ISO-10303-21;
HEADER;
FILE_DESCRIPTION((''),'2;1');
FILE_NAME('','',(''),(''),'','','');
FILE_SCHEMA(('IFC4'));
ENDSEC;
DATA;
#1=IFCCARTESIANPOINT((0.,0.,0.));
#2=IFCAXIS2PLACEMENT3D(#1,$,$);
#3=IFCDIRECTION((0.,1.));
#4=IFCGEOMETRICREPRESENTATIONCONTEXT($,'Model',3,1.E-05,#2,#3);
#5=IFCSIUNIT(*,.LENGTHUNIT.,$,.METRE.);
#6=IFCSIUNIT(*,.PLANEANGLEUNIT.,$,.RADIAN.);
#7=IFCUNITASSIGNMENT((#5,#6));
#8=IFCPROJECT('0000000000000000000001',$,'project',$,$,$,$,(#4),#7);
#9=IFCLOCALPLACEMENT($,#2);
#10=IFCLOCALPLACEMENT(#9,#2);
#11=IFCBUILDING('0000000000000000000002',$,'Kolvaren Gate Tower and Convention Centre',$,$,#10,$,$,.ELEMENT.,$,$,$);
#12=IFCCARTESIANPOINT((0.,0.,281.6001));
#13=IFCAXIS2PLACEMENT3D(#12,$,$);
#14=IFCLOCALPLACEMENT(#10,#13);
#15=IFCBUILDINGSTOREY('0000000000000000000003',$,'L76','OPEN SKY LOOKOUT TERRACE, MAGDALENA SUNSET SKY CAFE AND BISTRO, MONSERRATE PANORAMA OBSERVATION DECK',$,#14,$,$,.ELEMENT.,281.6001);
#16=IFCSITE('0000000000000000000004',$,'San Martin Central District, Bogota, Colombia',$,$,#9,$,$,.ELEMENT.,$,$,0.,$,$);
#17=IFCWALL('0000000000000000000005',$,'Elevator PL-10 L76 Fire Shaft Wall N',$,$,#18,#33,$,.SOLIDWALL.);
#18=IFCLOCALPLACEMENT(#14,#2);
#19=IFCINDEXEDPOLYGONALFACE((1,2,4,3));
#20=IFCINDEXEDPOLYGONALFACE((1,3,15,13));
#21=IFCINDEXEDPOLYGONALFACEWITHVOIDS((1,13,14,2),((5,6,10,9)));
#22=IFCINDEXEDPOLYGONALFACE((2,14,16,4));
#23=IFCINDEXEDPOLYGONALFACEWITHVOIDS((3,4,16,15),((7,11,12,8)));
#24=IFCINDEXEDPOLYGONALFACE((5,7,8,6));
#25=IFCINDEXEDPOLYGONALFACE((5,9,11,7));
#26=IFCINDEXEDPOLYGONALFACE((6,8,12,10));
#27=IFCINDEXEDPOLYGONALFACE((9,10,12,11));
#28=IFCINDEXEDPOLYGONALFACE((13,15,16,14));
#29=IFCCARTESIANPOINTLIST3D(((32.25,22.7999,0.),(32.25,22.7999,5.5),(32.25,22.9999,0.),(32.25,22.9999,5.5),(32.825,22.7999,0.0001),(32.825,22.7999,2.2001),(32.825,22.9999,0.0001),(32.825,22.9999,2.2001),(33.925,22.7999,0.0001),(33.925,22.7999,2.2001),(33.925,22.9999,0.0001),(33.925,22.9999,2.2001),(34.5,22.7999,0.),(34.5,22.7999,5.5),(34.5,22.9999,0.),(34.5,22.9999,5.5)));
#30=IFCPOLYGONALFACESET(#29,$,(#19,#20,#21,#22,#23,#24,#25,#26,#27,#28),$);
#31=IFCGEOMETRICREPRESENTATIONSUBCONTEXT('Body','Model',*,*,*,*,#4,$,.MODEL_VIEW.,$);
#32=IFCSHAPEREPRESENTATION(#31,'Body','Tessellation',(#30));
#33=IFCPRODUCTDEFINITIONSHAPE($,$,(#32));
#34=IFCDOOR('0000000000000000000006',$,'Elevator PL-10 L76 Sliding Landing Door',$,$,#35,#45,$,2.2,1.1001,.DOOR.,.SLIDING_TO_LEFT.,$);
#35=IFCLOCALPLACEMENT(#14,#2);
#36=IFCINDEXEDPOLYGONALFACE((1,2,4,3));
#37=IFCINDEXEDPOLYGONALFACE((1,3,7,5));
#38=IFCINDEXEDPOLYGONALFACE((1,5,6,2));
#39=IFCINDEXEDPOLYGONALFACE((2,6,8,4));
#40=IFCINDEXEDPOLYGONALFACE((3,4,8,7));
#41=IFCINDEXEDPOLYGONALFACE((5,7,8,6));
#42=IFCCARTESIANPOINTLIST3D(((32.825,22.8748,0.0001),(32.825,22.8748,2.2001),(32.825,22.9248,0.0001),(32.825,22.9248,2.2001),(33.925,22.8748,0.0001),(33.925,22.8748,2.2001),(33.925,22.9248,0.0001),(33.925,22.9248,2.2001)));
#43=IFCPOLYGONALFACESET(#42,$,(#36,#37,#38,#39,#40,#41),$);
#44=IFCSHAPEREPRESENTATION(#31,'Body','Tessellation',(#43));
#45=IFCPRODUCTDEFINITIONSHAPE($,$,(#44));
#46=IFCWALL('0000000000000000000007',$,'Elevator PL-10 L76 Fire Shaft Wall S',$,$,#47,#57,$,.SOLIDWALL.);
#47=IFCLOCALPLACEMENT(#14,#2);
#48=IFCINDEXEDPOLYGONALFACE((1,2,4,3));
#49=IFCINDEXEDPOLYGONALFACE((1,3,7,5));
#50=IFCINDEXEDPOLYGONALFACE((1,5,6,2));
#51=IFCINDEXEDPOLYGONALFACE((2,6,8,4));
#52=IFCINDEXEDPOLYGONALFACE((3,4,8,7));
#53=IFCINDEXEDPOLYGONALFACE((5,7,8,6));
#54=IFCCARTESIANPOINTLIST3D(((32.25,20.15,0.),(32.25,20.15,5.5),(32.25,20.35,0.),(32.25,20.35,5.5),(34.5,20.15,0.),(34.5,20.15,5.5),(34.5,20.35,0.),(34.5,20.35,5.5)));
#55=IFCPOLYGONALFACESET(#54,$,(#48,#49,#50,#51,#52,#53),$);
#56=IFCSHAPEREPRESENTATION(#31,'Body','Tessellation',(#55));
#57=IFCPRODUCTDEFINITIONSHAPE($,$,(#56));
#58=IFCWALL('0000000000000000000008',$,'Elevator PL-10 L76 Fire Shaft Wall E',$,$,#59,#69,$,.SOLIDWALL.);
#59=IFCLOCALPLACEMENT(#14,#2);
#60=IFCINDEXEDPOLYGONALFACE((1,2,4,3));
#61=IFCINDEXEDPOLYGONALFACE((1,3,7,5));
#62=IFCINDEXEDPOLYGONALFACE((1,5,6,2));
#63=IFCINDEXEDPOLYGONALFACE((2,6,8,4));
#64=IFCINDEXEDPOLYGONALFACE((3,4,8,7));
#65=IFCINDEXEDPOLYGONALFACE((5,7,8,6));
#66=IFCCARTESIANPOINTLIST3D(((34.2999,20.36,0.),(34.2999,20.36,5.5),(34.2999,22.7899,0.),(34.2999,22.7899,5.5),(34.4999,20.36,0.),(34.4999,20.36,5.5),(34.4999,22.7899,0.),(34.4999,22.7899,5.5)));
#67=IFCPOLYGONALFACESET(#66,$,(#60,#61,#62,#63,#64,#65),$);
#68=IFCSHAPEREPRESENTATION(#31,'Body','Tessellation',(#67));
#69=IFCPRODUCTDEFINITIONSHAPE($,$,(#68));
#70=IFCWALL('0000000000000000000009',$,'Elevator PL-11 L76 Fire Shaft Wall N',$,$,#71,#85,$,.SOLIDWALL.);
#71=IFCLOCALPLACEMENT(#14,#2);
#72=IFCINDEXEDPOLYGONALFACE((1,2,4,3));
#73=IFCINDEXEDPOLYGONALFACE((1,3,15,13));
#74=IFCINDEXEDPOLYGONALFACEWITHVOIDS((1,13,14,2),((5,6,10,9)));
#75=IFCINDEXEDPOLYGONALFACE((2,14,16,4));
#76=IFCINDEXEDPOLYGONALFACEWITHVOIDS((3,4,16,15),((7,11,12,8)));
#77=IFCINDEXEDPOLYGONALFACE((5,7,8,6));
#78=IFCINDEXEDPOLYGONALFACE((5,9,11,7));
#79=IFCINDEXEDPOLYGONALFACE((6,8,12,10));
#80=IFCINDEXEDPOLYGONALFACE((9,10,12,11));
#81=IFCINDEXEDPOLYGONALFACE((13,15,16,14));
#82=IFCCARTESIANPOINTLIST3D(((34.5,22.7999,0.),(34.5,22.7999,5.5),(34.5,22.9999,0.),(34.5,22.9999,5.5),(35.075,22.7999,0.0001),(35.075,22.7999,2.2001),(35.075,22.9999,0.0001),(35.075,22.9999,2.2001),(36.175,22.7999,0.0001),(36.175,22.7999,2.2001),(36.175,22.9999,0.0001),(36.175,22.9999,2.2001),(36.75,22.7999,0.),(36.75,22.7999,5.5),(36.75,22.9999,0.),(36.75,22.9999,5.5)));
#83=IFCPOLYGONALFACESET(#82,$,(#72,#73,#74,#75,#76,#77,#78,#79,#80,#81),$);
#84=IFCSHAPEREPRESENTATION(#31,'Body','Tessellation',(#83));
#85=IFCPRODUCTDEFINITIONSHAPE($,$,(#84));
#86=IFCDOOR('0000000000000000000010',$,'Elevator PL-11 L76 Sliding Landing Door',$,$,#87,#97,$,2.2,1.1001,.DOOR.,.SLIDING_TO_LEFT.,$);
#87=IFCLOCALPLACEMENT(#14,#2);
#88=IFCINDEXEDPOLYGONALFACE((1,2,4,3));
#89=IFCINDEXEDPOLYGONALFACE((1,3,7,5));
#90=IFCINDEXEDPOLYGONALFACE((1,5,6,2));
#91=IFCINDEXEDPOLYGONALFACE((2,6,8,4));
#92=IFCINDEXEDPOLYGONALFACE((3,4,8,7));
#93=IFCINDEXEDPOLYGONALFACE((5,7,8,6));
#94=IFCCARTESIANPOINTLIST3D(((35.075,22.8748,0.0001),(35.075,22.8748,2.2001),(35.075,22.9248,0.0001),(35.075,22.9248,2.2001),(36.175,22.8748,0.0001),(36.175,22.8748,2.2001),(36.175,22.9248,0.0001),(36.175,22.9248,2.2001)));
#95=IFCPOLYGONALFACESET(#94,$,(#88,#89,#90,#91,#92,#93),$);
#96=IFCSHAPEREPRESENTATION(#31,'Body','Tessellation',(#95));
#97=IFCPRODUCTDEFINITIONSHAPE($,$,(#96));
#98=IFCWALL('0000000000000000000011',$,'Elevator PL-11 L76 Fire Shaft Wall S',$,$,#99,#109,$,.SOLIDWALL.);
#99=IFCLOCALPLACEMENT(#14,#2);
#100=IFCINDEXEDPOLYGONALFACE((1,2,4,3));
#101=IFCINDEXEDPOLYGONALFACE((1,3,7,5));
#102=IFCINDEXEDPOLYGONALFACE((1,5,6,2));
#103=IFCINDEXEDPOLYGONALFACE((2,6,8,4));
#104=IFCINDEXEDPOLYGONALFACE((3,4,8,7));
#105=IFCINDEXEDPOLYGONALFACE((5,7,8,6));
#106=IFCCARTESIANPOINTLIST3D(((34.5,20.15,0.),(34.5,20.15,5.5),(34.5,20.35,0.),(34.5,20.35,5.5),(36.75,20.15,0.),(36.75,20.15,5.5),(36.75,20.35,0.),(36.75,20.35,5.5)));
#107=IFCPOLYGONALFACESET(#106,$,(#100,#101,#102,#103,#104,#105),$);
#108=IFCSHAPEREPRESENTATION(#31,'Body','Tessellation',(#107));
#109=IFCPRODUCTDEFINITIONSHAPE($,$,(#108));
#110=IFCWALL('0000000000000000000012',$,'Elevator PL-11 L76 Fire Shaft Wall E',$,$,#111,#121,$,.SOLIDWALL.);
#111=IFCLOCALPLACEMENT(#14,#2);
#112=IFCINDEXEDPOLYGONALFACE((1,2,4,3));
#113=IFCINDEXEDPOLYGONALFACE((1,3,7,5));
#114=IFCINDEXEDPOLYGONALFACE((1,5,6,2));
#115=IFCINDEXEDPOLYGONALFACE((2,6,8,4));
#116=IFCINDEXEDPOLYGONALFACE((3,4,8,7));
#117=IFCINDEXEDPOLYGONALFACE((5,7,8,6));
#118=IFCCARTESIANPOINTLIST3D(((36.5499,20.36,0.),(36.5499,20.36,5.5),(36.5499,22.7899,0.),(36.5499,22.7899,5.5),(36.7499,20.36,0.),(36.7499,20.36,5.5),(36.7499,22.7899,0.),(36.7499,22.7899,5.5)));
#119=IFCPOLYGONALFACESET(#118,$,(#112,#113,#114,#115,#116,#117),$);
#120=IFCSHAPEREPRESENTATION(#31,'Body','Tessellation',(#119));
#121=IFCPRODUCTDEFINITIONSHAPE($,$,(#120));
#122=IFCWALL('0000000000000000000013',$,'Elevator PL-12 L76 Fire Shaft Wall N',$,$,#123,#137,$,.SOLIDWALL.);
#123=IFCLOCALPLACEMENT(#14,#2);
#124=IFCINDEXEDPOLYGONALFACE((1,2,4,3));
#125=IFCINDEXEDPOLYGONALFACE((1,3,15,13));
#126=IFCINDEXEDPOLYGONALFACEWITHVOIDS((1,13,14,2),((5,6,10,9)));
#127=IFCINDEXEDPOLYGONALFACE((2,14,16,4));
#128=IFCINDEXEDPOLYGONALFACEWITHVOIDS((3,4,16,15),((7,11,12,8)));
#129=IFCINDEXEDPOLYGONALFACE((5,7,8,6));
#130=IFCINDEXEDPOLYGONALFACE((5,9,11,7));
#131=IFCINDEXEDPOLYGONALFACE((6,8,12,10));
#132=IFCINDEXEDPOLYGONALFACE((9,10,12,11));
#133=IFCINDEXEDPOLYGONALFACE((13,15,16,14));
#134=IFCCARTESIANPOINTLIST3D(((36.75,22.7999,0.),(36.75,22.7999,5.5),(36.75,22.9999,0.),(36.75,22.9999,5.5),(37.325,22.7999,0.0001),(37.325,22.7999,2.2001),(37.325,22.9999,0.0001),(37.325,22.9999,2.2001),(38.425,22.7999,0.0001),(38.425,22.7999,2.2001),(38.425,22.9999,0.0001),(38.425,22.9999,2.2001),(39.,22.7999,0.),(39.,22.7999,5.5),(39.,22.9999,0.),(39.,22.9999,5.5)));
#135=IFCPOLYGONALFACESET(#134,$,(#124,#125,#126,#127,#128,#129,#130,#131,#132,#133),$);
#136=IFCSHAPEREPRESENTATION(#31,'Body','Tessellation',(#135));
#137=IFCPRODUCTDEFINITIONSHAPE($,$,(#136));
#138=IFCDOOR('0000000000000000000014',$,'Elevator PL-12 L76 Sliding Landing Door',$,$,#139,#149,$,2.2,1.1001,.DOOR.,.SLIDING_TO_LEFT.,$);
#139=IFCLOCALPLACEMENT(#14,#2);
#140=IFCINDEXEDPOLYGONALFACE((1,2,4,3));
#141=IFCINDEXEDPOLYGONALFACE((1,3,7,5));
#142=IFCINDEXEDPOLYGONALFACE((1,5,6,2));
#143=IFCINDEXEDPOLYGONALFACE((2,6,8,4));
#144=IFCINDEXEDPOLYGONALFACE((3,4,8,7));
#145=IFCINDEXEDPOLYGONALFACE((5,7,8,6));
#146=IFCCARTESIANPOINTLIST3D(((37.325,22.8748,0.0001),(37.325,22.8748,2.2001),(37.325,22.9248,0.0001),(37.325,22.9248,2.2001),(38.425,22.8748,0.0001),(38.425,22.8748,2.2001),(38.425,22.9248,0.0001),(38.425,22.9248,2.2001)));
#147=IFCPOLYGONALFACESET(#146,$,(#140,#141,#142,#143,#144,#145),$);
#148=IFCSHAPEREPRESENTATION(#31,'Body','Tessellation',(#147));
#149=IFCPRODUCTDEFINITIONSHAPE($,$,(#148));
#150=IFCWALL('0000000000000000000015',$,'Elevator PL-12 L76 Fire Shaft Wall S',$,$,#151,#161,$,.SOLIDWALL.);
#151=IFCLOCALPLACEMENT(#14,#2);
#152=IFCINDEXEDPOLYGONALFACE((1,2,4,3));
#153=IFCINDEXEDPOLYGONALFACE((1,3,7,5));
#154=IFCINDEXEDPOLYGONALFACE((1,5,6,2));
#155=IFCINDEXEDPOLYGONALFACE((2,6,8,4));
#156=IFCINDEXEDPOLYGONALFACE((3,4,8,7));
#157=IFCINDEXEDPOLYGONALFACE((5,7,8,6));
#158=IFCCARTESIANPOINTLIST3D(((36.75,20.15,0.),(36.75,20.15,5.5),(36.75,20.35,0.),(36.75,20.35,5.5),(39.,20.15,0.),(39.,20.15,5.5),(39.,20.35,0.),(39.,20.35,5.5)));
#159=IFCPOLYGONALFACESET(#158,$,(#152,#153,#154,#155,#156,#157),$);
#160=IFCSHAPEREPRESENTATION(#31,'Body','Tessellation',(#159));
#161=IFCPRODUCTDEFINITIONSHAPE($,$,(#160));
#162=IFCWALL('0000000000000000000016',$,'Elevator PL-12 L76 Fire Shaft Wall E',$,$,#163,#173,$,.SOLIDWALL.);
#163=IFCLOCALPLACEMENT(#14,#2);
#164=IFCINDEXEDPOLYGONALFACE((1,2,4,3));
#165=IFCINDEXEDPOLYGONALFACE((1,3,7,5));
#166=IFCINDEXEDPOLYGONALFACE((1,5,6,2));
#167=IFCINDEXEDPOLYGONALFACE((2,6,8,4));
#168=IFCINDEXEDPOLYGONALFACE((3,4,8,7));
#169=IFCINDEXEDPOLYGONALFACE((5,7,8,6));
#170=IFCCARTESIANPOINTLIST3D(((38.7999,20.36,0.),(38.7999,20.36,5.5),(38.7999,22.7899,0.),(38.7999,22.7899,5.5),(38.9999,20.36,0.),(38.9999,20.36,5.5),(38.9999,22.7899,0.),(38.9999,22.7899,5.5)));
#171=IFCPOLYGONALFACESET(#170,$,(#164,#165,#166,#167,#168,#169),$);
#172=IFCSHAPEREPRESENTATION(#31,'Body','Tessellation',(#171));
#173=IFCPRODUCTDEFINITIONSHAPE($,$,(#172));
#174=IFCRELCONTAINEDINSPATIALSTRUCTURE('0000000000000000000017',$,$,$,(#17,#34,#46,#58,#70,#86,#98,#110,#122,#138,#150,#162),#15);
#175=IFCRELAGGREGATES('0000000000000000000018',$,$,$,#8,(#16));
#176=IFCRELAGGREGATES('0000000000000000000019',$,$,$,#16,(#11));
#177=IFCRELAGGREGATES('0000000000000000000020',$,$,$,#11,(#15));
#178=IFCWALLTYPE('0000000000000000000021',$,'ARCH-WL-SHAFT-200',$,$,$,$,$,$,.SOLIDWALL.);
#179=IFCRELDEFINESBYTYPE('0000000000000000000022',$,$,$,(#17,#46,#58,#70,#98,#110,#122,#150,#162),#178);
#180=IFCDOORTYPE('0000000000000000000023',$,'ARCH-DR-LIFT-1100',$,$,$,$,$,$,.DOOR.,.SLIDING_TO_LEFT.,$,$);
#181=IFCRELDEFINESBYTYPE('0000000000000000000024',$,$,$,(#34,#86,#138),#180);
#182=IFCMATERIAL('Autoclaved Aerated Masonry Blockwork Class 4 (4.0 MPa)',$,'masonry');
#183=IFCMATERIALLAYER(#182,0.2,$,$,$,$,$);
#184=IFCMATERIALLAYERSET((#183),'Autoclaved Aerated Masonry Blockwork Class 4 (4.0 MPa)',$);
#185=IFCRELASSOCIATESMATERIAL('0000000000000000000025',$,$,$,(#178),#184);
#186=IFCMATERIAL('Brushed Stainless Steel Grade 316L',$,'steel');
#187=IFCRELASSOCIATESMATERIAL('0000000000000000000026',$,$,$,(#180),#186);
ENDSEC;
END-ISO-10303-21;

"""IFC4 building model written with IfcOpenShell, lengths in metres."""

from ifc_helpers import new_model, si_unit, direction, frame, frame_2d, origin, place, context, subcontext, project, spatial, rectangle, extrude, material, layer, layer_set, type_object, element, fill, save


model = new_model("IFC4")

# Units and contexts
model_context = context("Model", 3, precision=1e-05, world=origin(), true_north=direction((0.0, 1.0)))
body_context = subcontext(model_context, "Body", "Model", "MODEL_VIEW")
ifc_project = project(units=[si_unit("LENGTHUNIT", "METRE"), si_unit("PLANEANGLEUNIT", "RADIAN")], contexts=[model_context])

# Site, building, storey
site_placement = place(None, origin())
site = spatial("IfcSite", under=ifc_project, at=site_placement, Name="San Martin Central District, Bogota, Colombia", CompositionType="ELEMENT", RefElevation=0.0)
building_placement = place(site_placement, origin())
building = spatial("IfcBuilding", under=site, at=building_placement, Name="Kolvaren Gate Tower and Convention Centre", CompositionType="ELEMENT")
storey_placement = place(building_placement, frame((0.0, 0.0, 281.6001)))
storey = spatial("IfcBuildingStorey", under=building, at=storey_placement, Name="L76", Description="OPEN SKY LOOKOUT TERRACE, MAGDALENA SUNSET SKY CAFE AND BISTRO, MONSERRATE PANORAMA OBSERVATION DECK", CompositionType="ELEMENT", Elevation=281.6001)

# Shared definitions
ifc_material_1 = material(Name="Autoclaved Aerated Masonry Blockwork Class 4 (4.0 MPa)", Category="masonry")
ifc_layer_1 = layer(ifc_material_1, 0.2)
ifc_layer_set_1 = layer_set([ifc_layer_1], Name="Autoclaved Aerated Masonry Blockwork Class 4 (4.0 MPa)")
wall_type_1 = type_object("IfcWallType", Name="ARCH-WL-SHAFT-200", PredefinedType="SOLIDWALL", material=ifc_layer_set_1)

# Wall, opening, door
wall_1_placement = place(storey_placement, frame((32.25, 22.8999, 0.0), z_axis=(0.0, 0.0, 1.0), x_axis=(1.0, 0.0, 0.0)))
wall_1 = element("IfcWall", 1, at=wall_1_placement, inside=storey, type_object=wall_type_1, Name="Elevator PL-10 L76 Fire Shaft Wall N", PredefinedType="SOLIDWALL", context=body_context, shape_type="SweptSolid", body=[
    extrude(rectangle(XDim=2.25, YDim=0.2, at=frame_2d((1.125, 0.0))), origin(), (0.0, 0.0, 1.0), 5.5),
])
opening_1_placement = place(wall_1_placement, frame((0.575, 0.0, 0.0)))
opening_1 = element("IfcOpeningElement", 2, at=opening_1_placement, cuts=wall_1, PredefinedType="OPENING", context=body_context, shape_type="SweptSolid", body=[
    extrude(rectangle(XDim=1.1001, YDim=2.2, at=frame_2d((0.55, 1.1001))), frame((0.0, 0.1099, 0.0), z_axis=(0.0, -1.0, 0.0), x_axis=(1.0, 0.0, 0.0)), (0.0, 0.0, 1.0), 0.22),
])
ifc_material_2 = material(Name="Brushed Stainless Steel Grade 316L", Category="steel")
door_type_1 = type_object("IfcDoorType", Name="ARCH-DR-LIFT-1100", OperationType="SLIDING_TO_LEFT", PredefinedType="DOOR", material=ifc_material_2)
door_1_placement = place(opening_1_placement, origin())
door_1 = element("IfcDoor", 3, at=door_1_placement, inside=storey, type_object=door_type_1, Name="Elevator PL-10 L76 Sliding Landing Door", OperationType="SLIDING_TO_LEFT", OverallHeight=2.2, OverallWidth=1.1001, PredefinedType="DOOR", context=body_context, shape_type="SweptSolid", body=[
    extrude(rectangle(XDim=1.1001, YDim=2.2, at=frame_2d((0.55, 1.1001))), frame((0.0, 0.0249, 0.0), z_axis=(0.0, -1.0, 0.0), x_axis=(1.0, 0.0, 0.0)), (0.0, 0.0, 1.0), 0.05),
])
fill(opening_1, door_1)

# Walls
wall_2_placement = place(storey_placement, frame((32.25, 20.25, 0.0), z_axis=(0.0, 0.0, 1.0), x_axis=(1.0, 0.0, 0.0)))
element("IfcWall", 4, at=wall_2_placement, inside=storey, type_object=wall_type_1, Name="Elevator PL-10 L76 Fire Shaft Wall S", PredefinedType="SOLIDWALL", context=body_context, shape_type="SweptSolid", body=[
    extrude(rectangle(XDim=2.25, YDim=0.2, at=frame_2d((1.125, 0.0))), origin(), (0.0, 0.0, 1.0), 5.5),
])
wall_3_placement = place(storey_placement, frame((34.3999, 20.3601, 0.0), z_axis=(0.0, 0.0, 1.0), x_axis=(0.0, 1.0, 0.0)))
element("IfcWall", 5, at=wall_3_placement, inside=storey, type_object=wall_type_1, Name="Elevator PL-10 L76 Fire Shaft Wall E", PredefinedType="SOLIDWALL", context=body_context, shape_type="SweptSolid", body=[
    extrude(rectangle(XDim=2.4299, YDim=0.2, at=frame_2d((1.2148, 0.0))), origin(), (0.0, 0.0, 1.0), 5.5),
])

# Wall, opening, door
wall_4_placement = place(storey_placement, frame((34.5, 22.8999, 0.0), z_axis=(0.0, 0.0, 1.0), x_axis=(1.0, 0.0, 0.0)))
wall_4 = element("IfcWall", 6, at=wall_4_placement, inside=storey, type_object=wall_type_1, Name="Elevator PL-11 L76 Fire Shaft Wall N", PredefinedType="SOLIDWALL", context=body_context, shape_type="SweptSolid", body=[
    extrude(rectangle(XDim=2.25, YDim=0.2, at=frame_2d((1.125, 0.0))), origin(), (0.0, 0.0, 1.0), 5.5),
])
opening_2_placement = place(wall_4_placement, frame((0.575, 0.0, 0.0)))
opening_2 = element("IfcOpeningElement", 7, at=opening_2_placement, cuts=wall_4, PredefinedType="OPENING", context=body_context, shape_type="SweptSolid", body=[
    extrude(rectangle(XDim=1.1001, YDim=2.2, at=frame_2d((0.55, 1.1001))), frame((0.0, 0.1099, 0.0), z_axis=(0.0, -1.0, 0.0), x_axis=(1.0, 0.0, 0.0)), (0.0, 0.0, 1.0), 0.22),
])
door_2_placement = place(opening_2_placement, origin())
door_2 = element("IfcDoor", 8, at=door_2_placement, inside=storey, type_object=door_type_1, Name="Elevator PL-11 L76 Sliding Landing Door", OperationType="SLIDING_TO_LEFT", OverallHeight=2.2, OverallWidth=1.1001, PredefinedType="DOOR", context=body_context, shape_type="SweptSolid", body=[
    extrude(rectangle(XDim=1.1001, YDim=2.2, at=frame_2d((0.55, 1.1001))), frame((0.0, 0.0249, 0.0), z_axis=(0.0, -1.0, 0.0), x_axis=(1.0, 0.0, 0.0)), (0.0, 0.0, 1.0), 0.05),
])
fill(opening_2, door_2)

# Walls
wall_5_placement = place(storey_placement, frame((34.5, 20.25, 0.0), z_axis=(0.0, 0.0, 1.0), x_axis=(1.0, 0.0, 0.0)))
element("IfcWall", 9, at=wall_5_placement, inside=storey, type_object=wall_type_1, Name="Elevator PL-11 L76 Fire Shaft Wall S", PredefinedType="SOLIDWALL", context=body_context, shape_type="SweptSolid", body=[
    extrude(rectangle(XDim=2.25, YDim=0.2, at=frame_2d((1.125, 0.0))), origin(), (0.0, 0.0, 1.0), 5.5),
])
wall_6_placement = place(storey_placement, frame((36.6499, 20.3601, 0.0), z_axis=(0.0, 0.0, 1.0), x_axis=(0.0, 1.0, 0.0)))
element("IfcWall", 10, at=wall_6_placement, inside=storey, type_object=wall_type_1, Name="Elevator PL-11 L76 Fire Shaft Wall E", PredefinedType="SOLIDWALL", context=body_context, shape_type="SweptSolid", body=[
    extrude(rectangle(XDim=2.4299, YDim=0.2, at=frame_2d((1.2148, 0.0))), origin(), (0.0, 0.0, 1.0), 5.5),
])

# Wall, opening, door
wall_7_placement = place(storey_placement, frame((36.75, 22.8999, 0.0), z_axis=(0.0, 0.0, 1.0), x_axis=(1.0, 0.0, 0.0)))
wall_7 = element("IfcWall", 11, at=wall_7_placement, inside=storey, type_object=wall_type_1, Name="Elevator PL-12 L76 Fire Shaft Wall N", PredefinedType="SOLIDWALL", context=body_context, shape_type="SweptSolid", body=[
    extrude(rectangle(XDim=2.25, YDim=0.2, at=frame_2d((1.125, 0.0))), origin(), (0.0, 0.0, 1.0), 5.5),
])
opening_3_placement = place(wall_7_placement, frame((0.575, 0.0, 0.0)))
opening_3 = element("IfcOpeningElement", 12, at=opening_3_placement, cuts=wall_7, PredefinedType="OPENING", context=body_context, shape_type="SweptSolid", body=[
    extrude(rectangle(XDim=1.1001, YDim=2.2, at=frame_2d((0.55, 1.1001))), frame((0.0, 0.1099, 0.0), z_axis=(0.0, -1.0, 0.0), x_axis=(1.0, 0.0, 0.0)), (0.0, 0.0, 1.0), 0.22),
])
door_3_placement = place(opening_3_placement, origin())
door_3 = element("IfcDoor", 13, at=door_3_placement, inside=storey, type_object=door_type_1, Name="Elevator PL-12 L76 Sliding Landing Door", OperationType="SLIDING_TO_LEFT", OverallHeight=2.2, OverallWidth=1.1001, PredefinedType="DOOR", context=body_context, shape_type="SweptSolid", body=[
    extrude(rectangle(XDim=1.1001, YDim=2.2, at=frame_2d((0.55, 1.1001))), frame((0.0, 0.0249, 0.0), z_axis=(0.0, -1.0, 0.0), x_axis=(1.0, 0.0, 0.0)), (0.0, 0.0, 1.0), 0.05),
])
fill(opening_3, door_3)

# Walls
wall_8_placement = place(storey_placement, frame((36.75, 20.25, 0.0), z_axis=(0.0, 0.0, 1.0), x_axis=(1.0, 0.0, 0.0)))
element("IfcWall", 14, at=wall_8_placement, inside=storey, type_object=wall_type_1, Name="Elevator PL-12 L76 Fire Shaft Wall S", PredefinedType="SOLIDWALL", context=body_context, shape_type="SweptSolid", body=[
    extrude(rectangle(XDim=2.25, YDim=0.2, at=frame_2d((1.125, 0.0))), origin(), (0.0, 0.0, 1.0), 5.5),
])
wall_9_placement = place(storey_placement, frame((38.8999, 20.3601, 0.0), z_axis=(0.0, 0.0, 1.0), x_axis=(0.0, 1.0, 0.0)))
element("IfcWall", 15, at=wall_9_placement, inside=storey, type_object=wall_type_1, Name="Elevator PL-12 L76 Fire Shaft Wall E", PredefinedType="SOLIDWALL", context=body_context, shape_type="SweptSolid", body=[
    extrude(rectangle(XDim=2.4299, YDim=0.2, at=frame_2d((1.2148, 0.0))), origin(), (0.0, 0.0, 1.0), 5.5),
])

save(model, "model.ifc")
